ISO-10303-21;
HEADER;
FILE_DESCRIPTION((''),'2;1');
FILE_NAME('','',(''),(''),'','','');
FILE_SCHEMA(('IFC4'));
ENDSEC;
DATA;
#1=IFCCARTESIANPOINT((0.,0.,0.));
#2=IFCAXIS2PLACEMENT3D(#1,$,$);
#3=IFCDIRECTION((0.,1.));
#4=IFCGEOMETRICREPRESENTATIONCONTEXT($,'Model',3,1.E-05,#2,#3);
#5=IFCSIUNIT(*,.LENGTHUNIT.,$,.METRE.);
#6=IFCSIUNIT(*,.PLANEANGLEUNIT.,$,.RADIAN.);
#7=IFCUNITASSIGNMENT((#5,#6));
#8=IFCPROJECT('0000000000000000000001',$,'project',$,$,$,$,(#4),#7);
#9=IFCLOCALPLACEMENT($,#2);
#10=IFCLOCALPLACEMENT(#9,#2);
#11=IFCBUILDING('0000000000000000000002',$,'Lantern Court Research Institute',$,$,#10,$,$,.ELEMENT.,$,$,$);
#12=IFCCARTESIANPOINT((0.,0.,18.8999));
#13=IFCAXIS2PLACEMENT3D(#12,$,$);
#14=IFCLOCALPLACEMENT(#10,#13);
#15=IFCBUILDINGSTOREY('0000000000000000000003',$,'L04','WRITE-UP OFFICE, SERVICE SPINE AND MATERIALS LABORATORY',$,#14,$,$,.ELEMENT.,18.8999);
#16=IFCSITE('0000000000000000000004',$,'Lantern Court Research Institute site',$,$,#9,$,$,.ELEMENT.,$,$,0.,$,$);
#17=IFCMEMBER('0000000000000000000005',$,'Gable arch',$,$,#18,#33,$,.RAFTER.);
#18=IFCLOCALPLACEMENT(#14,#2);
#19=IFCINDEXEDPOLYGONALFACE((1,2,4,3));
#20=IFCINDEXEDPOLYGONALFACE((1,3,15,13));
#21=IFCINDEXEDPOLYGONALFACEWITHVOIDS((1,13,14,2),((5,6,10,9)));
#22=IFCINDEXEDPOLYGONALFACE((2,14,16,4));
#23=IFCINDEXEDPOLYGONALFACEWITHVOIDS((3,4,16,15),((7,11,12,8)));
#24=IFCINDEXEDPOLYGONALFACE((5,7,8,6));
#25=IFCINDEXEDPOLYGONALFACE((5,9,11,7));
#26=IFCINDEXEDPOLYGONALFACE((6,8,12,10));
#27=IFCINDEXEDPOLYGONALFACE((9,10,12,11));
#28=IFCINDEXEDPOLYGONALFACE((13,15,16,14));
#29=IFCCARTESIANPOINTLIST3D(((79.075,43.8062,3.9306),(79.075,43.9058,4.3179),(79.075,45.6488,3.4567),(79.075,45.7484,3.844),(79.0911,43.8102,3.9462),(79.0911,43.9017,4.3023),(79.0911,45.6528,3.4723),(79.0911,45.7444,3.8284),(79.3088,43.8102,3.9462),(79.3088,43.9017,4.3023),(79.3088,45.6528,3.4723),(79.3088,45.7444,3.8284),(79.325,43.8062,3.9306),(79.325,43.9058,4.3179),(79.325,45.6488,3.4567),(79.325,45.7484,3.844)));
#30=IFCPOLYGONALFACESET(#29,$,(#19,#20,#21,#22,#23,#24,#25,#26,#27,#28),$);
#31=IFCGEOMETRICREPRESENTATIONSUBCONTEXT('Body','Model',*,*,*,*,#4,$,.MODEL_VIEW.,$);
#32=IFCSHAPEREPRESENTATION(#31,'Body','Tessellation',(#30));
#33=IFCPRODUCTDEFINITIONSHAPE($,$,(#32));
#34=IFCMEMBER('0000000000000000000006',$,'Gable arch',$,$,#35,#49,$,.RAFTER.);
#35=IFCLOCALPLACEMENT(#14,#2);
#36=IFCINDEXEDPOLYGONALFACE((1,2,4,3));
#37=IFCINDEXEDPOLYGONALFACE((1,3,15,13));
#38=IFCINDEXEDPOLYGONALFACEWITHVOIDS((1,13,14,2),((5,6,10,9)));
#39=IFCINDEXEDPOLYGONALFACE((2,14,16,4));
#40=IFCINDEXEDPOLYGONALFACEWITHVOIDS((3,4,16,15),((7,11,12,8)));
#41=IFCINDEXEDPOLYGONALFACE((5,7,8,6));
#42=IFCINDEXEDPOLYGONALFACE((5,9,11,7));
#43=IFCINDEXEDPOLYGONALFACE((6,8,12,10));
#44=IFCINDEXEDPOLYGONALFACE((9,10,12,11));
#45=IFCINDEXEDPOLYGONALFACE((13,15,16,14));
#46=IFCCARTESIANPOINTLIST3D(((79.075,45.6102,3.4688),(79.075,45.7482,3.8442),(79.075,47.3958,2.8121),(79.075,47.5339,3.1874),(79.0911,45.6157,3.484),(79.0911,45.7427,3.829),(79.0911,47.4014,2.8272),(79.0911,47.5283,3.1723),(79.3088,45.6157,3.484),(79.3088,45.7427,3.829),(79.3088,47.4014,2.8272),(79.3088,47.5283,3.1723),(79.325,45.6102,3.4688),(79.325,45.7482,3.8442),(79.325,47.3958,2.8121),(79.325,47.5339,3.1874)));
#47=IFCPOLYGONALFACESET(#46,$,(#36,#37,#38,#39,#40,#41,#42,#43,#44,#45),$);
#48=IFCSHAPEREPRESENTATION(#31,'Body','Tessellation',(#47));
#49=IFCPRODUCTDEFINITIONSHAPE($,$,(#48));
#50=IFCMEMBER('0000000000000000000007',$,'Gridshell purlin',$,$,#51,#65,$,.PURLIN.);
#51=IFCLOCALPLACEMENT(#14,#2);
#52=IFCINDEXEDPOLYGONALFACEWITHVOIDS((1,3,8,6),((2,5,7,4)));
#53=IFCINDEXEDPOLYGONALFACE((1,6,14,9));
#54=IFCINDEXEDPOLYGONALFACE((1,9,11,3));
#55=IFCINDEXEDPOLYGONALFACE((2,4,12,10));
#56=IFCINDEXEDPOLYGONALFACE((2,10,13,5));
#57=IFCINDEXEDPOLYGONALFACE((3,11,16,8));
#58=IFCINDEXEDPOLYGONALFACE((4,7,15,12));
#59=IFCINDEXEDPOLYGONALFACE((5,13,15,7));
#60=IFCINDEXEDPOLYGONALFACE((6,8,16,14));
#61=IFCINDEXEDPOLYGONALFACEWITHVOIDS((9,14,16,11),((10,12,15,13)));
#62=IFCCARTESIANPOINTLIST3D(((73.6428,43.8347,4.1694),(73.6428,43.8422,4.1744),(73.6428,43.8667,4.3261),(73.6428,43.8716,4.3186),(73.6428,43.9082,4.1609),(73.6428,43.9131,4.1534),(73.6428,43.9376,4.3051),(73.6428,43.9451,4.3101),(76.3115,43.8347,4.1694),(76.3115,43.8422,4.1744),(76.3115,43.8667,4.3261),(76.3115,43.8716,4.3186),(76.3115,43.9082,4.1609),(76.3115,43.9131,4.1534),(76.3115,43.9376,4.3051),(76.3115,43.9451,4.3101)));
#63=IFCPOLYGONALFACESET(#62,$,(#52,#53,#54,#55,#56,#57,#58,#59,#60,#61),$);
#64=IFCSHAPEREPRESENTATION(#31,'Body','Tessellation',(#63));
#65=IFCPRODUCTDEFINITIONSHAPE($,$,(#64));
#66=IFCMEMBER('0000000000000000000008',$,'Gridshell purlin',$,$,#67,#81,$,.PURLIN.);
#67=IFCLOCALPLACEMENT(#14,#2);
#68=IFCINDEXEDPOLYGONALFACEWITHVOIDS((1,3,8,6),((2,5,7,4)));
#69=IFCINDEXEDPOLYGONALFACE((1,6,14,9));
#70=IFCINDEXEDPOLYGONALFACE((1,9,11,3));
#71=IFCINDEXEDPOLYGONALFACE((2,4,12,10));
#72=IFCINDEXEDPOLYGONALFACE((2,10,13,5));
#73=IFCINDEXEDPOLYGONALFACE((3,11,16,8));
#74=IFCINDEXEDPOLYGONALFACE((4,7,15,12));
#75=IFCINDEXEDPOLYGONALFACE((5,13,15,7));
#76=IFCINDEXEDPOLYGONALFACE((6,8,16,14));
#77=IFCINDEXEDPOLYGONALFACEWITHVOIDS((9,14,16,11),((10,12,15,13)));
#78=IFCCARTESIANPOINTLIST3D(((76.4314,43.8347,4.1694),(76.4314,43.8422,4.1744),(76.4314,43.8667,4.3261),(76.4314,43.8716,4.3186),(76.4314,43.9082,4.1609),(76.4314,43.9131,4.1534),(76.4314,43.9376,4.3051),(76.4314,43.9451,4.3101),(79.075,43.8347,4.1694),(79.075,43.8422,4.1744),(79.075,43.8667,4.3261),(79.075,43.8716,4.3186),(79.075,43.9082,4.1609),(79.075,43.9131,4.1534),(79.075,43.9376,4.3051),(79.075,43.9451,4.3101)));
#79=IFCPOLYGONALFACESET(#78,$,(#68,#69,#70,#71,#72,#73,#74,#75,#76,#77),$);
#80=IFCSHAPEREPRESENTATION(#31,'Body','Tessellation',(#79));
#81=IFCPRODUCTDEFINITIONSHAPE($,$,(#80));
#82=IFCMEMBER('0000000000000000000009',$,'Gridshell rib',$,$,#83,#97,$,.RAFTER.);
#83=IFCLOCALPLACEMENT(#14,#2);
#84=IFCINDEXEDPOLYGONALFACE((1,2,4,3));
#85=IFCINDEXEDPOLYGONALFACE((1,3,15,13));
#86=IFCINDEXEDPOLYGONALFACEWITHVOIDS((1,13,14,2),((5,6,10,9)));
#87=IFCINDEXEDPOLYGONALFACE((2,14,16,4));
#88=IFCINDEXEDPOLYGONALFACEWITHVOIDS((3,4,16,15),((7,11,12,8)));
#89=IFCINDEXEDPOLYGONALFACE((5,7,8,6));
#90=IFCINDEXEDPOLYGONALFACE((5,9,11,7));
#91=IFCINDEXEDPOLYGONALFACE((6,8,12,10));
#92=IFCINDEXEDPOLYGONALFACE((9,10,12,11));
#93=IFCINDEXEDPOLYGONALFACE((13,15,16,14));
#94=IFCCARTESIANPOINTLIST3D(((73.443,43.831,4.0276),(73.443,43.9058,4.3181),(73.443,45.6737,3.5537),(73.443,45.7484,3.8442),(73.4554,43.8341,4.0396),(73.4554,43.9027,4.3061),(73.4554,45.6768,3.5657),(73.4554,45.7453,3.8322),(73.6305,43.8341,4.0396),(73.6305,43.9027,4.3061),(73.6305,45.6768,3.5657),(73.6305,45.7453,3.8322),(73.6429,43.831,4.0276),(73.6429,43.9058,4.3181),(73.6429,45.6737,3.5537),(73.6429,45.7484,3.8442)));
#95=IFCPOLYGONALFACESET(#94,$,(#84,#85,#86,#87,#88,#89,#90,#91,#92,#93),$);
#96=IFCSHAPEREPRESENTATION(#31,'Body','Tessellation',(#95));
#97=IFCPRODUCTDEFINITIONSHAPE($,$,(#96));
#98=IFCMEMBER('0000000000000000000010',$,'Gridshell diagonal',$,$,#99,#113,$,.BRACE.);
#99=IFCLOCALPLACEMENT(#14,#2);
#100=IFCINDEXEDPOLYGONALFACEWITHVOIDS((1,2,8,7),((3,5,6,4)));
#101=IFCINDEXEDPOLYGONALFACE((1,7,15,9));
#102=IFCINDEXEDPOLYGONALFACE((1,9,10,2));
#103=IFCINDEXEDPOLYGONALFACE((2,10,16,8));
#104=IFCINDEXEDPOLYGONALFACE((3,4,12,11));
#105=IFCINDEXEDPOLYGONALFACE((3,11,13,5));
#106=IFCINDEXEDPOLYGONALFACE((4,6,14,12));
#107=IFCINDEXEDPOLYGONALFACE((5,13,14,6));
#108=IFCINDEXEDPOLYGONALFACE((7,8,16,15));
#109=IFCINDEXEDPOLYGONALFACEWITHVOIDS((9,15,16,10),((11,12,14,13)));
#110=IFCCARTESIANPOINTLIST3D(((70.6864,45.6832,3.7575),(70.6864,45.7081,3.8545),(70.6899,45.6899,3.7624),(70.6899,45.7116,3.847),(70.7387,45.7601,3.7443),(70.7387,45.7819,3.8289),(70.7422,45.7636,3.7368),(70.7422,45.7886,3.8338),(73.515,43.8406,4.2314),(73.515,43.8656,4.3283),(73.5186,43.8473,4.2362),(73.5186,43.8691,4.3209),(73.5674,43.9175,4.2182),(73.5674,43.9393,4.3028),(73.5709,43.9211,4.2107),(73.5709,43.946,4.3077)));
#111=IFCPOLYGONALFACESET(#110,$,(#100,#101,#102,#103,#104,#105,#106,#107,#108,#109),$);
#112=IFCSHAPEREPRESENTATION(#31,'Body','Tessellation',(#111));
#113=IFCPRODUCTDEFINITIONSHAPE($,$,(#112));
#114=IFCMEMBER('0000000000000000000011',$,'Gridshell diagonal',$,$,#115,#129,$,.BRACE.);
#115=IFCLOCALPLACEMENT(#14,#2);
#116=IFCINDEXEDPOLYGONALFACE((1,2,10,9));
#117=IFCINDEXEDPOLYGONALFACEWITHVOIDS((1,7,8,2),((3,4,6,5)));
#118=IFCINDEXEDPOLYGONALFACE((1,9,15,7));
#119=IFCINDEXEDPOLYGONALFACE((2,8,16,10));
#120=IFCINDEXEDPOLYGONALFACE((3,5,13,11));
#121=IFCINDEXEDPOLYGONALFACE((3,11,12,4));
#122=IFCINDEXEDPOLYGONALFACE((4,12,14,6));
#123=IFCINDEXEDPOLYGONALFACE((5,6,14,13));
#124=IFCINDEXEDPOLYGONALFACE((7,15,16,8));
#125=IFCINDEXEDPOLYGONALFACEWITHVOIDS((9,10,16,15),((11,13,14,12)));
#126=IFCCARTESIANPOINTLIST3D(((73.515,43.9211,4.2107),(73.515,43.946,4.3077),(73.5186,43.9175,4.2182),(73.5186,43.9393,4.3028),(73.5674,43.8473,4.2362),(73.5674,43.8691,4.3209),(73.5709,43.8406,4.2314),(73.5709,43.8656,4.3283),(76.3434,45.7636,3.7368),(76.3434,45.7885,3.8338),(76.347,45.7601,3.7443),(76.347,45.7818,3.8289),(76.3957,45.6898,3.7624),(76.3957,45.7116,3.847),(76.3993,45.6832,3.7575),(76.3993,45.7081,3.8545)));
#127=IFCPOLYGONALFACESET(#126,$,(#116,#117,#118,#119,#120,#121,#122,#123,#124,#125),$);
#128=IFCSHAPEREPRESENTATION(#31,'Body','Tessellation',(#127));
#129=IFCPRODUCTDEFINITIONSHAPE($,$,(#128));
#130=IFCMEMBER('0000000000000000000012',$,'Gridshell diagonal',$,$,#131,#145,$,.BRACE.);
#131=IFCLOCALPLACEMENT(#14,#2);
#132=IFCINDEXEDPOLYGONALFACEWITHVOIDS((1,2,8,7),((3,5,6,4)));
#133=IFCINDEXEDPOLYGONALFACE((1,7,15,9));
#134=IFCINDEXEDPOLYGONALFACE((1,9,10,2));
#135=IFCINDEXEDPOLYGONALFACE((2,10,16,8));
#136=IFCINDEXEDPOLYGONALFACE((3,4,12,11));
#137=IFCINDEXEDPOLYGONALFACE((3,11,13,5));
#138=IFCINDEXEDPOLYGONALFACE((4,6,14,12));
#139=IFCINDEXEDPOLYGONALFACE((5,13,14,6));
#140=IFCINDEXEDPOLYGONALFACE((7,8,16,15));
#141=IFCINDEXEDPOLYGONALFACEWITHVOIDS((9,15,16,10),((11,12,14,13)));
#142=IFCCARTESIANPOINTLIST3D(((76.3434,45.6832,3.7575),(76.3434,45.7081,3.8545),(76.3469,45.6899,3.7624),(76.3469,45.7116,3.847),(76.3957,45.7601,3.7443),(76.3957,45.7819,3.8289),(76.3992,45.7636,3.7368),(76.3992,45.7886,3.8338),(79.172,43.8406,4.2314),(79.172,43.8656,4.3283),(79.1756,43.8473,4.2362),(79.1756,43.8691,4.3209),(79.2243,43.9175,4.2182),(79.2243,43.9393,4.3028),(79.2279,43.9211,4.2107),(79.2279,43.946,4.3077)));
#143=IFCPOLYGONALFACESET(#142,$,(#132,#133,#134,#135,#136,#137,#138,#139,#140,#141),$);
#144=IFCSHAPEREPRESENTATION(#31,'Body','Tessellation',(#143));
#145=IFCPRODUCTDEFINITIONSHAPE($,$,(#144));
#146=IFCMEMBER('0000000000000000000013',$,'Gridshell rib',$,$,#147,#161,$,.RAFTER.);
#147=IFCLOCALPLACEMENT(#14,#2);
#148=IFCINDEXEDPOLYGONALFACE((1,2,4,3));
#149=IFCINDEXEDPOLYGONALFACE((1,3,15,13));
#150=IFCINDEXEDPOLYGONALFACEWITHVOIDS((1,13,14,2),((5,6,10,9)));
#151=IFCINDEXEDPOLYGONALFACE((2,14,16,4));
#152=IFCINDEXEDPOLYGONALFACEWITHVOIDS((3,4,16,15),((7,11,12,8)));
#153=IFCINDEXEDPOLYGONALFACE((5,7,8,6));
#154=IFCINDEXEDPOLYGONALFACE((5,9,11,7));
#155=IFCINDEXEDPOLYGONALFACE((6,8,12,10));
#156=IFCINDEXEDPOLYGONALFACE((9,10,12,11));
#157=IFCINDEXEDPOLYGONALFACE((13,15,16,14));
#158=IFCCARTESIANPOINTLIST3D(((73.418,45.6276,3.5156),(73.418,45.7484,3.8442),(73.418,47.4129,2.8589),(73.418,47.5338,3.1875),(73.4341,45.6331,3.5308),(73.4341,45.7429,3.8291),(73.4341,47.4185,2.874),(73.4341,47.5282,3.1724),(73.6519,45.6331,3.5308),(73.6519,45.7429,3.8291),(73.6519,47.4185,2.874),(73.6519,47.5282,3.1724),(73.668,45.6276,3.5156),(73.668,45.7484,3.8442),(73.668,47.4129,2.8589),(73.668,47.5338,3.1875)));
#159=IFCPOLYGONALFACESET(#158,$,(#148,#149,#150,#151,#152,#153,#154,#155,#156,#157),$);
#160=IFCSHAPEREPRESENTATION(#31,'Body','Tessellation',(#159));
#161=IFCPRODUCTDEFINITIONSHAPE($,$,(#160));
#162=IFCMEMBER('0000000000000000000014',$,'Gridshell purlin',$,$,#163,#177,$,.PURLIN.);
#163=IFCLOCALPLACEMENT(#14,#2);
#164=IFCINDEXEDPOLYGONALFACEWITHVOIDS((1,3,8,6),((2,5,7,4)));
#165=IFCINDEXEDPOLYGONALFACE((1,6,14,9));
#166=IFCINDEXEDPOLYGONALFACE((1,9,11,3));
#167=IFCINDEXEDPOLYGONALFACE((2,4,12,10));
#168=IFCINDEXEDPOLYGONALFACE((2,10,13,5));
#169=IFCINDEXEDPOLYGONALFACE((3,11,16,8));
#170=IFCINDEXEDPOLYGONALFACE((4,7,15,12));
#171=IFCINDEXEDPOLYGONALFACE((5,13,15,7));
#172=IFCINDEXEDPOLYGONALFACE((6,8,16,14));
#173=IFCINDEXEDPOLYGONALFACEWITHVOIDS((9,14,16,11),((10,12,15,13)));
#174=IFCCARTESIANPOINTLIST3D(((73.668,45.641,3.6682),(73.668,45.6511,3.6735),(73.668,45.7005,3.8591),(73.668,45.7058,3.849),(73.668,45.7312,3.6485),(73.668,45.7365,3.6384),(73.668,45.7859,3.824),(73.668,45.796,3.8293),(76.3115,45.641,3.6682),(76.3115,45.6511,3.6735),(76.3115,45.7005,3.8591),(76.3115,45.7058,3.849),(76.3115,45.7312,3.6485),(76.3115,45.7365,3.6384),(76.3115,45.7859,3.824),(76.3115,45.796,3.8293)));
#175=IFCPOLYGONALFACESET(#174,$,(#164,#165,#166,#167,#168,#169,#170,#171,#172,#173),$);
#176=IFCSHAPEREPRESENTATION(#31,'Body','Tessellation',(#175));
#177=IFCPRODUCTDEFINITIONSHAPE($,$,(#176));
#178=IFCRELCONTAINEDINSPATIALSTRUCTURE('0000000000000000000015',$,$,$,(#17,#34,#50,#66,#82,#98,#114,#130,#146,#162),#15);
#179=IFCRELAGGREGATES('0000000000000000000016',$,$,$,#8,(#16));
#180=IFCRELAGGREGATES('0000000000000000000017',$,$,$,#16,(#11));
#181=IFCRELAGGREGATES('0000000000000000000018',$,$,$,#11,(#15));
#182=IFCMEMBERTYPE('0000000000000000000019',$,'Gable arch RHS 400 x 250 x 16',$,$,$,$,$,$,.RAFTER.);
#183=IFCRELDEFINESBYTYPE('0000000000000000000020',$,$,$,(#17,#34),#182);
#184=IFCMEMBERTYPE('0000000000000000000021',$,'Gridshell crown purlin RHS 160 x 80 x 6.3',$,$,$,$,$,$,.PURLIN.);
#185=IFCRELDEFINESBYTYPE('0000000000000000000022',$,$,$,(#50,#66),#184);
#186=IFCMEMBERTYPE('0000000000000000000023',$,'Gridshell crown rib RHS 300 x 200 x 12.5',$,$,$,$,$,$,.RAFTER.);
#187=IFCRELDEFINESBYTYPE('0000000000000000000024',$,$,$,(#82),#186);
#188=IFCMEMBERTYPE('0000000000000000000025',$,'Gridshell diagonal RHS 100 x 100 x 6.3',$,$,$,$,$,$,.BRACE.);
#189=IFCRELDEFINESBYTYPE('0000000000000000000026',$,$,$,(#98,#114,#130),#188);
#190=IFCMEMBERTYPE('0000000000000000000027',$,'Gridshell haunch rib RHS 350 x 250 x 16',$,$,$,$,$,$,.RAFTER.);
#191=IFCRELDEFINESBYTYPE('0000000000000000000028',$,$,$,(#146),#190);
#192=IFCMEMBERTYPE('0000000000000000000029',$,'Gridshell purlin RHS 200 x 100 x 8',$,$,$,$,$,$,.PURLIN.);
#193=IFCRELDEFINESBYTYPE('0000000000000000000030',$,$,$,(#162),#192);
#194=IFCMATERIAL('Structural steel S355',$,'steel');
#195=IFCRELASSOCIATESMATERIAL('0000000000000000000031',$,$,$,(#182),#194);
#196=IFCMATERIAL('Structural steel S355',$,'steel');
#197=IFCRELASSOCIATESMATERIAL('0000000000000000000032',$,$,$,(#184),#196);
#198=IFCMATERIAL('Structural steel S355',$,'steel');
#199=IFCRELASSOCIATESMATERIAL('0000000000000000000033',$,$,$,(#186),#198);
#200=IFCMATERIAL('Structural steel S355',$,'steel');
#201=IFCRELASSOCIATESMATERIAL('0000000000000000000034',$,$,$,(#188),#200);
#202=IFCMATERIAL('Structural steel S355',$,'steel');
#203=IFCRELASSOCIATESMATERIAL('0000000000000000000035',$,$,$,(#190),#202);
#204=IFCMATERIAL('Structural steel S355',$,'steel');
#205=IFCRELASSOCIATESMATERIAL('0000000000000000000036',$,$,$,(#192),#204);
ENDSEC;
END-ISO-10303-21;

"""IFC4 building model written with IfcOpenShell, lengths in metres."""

from ifc_helpers import new_model, si_unit, direction, frame, origin, origin_2d, place, context, subcontext, project, spatial, hollow_rectangle, extrude, material, material_profile, profile_set, type_object, element, save


model = new_model("IFC4")

# Units and contexts
model_context = context("Model", 3, precision=1e-05, world=origin(), true_north=direction((0.0, 1.0)))
body_context = subcontext(model_context, "Body", "Model", "MODEL_VIEW")
ifc_project = project(units=[si_unit("LENGTHUNIT", "METRE"), si_unit("PLANEANGLEUNIT", "RADIAN")], contexts=[model_context])

# Site, building, storey
site_placement = place(None, origin())
site = spatial("IfcSite", under=ifc_project, at=site_placement, Name="Lantern Court Research Institute site", CompositionType="ELEMENT", RefElevation=0.0)
building_placement = place(site_placement, origin())
building = spatial("IfcBuilding", under=site, at=building_placement, Name="Lantern Court Research Institute", CompositionType="ELEMENT")
storey_placement = place(building_placement, frame((0.0, 0.0, 18.8999)))
storey = spatial("IfcBuildingStorey", under=building, at=storey_placement, Name="L04", Description="WRITE-UP OFFICE, SERVICE SPINE AND MATERIALS LABORATORY", CompositionType="ELEMENT", Elevation=18.8999)

# Members
ifc_material_1 = material(Name="Structural steel S355", Category="steel")
ifc_material_profile_1 = material_profile(ifc_material_1, hollow_rectangle(XDim=0.25, YDim=0.3999, WallThickness=0.0161, at=origin_2d()), Name="Gable arch RHS 400 x 250 x 16")
ifc_profile_set_1 = profile_set([ifc_material_profile_1], Name="Structural steel S355")
member_type_1 = type_object("IfcMemberType", Name="Gable arch RHS 400 x 250 x 16", PredefinedType="RAFTER", material=ifc_profile_set_1)
for number, where, z_axis, x_axis, name in (
    (1, (79.2, 43.856, 4.1243), (0.0, 0.968482, -0.249082), (-1.0, 0.0, 0.0), "Gable arch"),
    (2, (79.2, 45.6792, 3.6565), (0.0, 0.938536, -0.345182), (-1.0, 0.0, 0.0), "Gable arch"),
):
    element("IfcMember", number, at=place(storey_placement, frame(where, z_axis=z_axis, x_axis=x_axis)), inside=storey, type_object=member_type_1, Name=name, PredefinedType="RAFTER", context=body_context, shape_type="SweptSolid", body=[
        extrude(hollow_rectangle(XDim=0.25, YDim=0.3999, WallThickness=0.0161, at=origin_2d()), origin(), (0.0, 0.0, 1.0), 1.9026),
    ])
ifc_material_2 = material(Name="Structural steel S355", Category="steel")
ifc_material_profile_2 = material_profile(ifc_material_2, hollow_rectangle(XDim=0.0801, YDim=0.1599, WallThickness=0.0063, at=origin_2d()), Name="Gridshell crown purlin RHS 160 x 80 x 6.3")
ifc_profile_set_2 = profile_set([ifc_material_profile_2], Name="Structural steel S355")
member_type_2 = type_object("IfcMemberType", Name="Gridshell crown purlin RHS 160 x 80 x 6.3", PredefinedType="PURLIN", material=ifc_profile_set_2)
member_1_placement = place(storey_placement, frame((73.6428, 43.8899, 4.2397), z_axis=(1.0, 0.0, 0.0), x_axis=(0.0, 0.979787, -0.200043)))
element("IfcMember", 3, at=member_1_placement, inside=storey, type_object=member_type_2, Name="Gridshell purlin", PredefinedType="PURLIN", context=body_context, shape_type="SweptSolid", body=[
    extrude(hollow_rectangle(XDim=0.0801, YDim=0.1599, WallThickness=0.0063, at=origin_2d()), origin(), (0.0, 0.0, 1.0), 2.6687),
])
member_2_placement = place(storey_placement, frame((76.4314, 43.8899, 4.2397), z_axis=(1.0, 0.0, 0.0), x_axis=(0.0, 0.979787, -0.200043)))
element("IfcMember", 4, at=member_2_placement, inside=storey, type_object=member_type_2, Name="Gridshell purlin", PredefinedType="PURLIN", context=body_context, shape_type="SweptSolid", body=[
    extrude(hollow_rectangle(XDim=0.0801, YDim=0.1599, WallThickness=0.0063, at=origin_2d()), origin(), (0.0, 0.0, 1.0), 2.6436),
])
ifc_material_3 = material(Name="Structural steel S355", Category="steel")
ifc_material_profile_3 = material_profile(ifc_material_3, hollow_rectangle(XDim=0.2, YDim=0.3, WallThickness=0.0125, at=origin_2d()), Name="Gridshell crown rib RHS 300 x 200 x 12.5")
ifc_profile_set_3 = profile_set([ifc_material_profile_3], Name="Structural steel S355")
member_type_3 = type_object("IfcMemberType", Name="Gridshell crown rib RHS 300 x 200 x 12.5", PredefinedType="RAFTER", material=ifc_profile_set_3)
member_3_placement = place(storey_placement, frame((73.543, 43.8684, 4.1729), z_axis=(0.0, 0.968482, -0.249082), x_axis=(-1.0, 0.0, 0.0)))
element("IfcMember", 5, at=member_3_placement, inside=storey, type_object=member_type_3, Name="Gridshell rib", PredefinedType="RAFTER", context=body_context, shape_type="SweptSolid", body=[
    extrude(hollow_rectangle(XDim=0.2, YDim=0.3, WallThickness=0.0125, at=origin_2d()), origin(), (0.0, 0.0, 1.0), 1.9026),
])
ifc_material_4 = material(Name="Structural steel S355", Category="steel")
ifc_material_profile_4 = material_profile(ifc_material_4, hollow_rectangle(XDim=0.1001, YDim=0.1001, WallThickness=0.0063, at=origin_2d()), Name="Gridshell diagonal RHS 100 x 100 x 6.3")
ifc_profile_set_4 = profile_set([ifc_material_profile_4], Name="Structural steel S355")
member_type_4 = type_object("IfcMemberType", Name="Gridshell diagonal RHS 100 x 100 x 6.3", PredefinedType="BRACE", material=ifc_profile_set_4)
member_4_placement = place(storey_placement, frame((73.543, 43.8933, 4.2695), z_axis=(-0.829776, 0.540507, -0.139012), x_axis=(-0.558097, -0.803619, 0.206699)))
element("IfcMember", 6, at=member_4_placement, inside=storey, type_object=member_type_4, Name="Gridshell diagonal", PredefinedType="BRACE", context=body_context, shape_type="SweptSolid", body=[
    extrude(hollow_rectangle(XDim=0.1001, YDim=0.1001, WallThickness=0.0063, at=origin_2d()), origin(), (0.0, 0.0, 1.0), 3.4089),
])
member_5_placement = place(storey_placement, frame((73.543, 43.8933, 4.2695), z_axis=(0.829753, 0.540539, -0.13902), x_axis=(-0.55813, 0.803596, -0.206699)))
element("IfcMember", 7, at=member_5_placement, inside=storey, type_object=member_type_4, Name="Gridshell diagonal", PredefinedType="BRACE", context=body_context, shape_type="SweptSolid", body=[
    extrude(hollow_rectangle(XDim=0.1001, YDim=0.1001, WallThickness=0.0063, at=origin_2d()), origin(), (0.0, 0.0, 1.0), 3.4087),
])
member_6_placement = place(storey_placement, frame((79.2, 43.8933, 4.2695), z_axis=(-0.829776, 0.540507, -0.139012), x_axis=(-0.558097, -0.803619, 0.206699)))
element("IfcMember", 8, at=member_6_placement, inside=storey, type_object=member_type_4, Name="Gridshell diagonal", PredefinedType="BRACE", context=body_context, shape_type="SweptSolid", body=[
    extrude(hollow_rectangle(XDim=0.1001, YDim=0.1001, WallThickness=0.0063, at=origin_2d()), origin(), (0.0, 0.0, 1.0), 3.4089),
])
ifc_material_5 = material(Name="Structural steel S355", Category="steel")
ifc_material_profile_5 = material_profile(ifc_material_5, hollow_rectangle(XDim=0.25, YDim=0.3501, WallThickness=0.0161, at=origin_2d()), Name="Gridshell haunch rib RHS 350 x 250 x 16")
ifc_profile_set_5 = profile_set([ifc_material_profile_5], Name="Structural steel S355")
member_type_5 = type_object("IfcMemberType", Name="Gridshell haunch rib RHS 350 x 250 x 16", PredefinedType="RAFTER", material=ifc_profile_set_5)
member_7_placement = place(storey_placement, frame((73.543, 45.688, 3.6799), z_axis=(0.0, 0.93852, -0.345224), x_axis=(-1.0, 0.0, 0.0)))
element("IfcMember", 9, at=member_7_placement, inside=storey, type_object=member_type_5, Name="Gridshell rib", PredefinedType="RAFTER", context=body_context, shape_type="SweptSolid", body=[
    extrude(hollow_rectangle(XDim=0.25, YDim=0.3501, WallThickness=0.0161, at=origin_2d()), origin(), (0.0, 0.0, 1.0), 1.9023),
])
ifc_material_6 = material(Name="Structural steel S355", Category="steel")
ifc_material_profile_6 = material_profile(ifc_material_6, hollow_rectangle(XDim=0.1001, YDim=0.2, WallThickness=0.0081, at=origin_2d()), Name="Gridshell purlin RHS 200 x 100 x 8")
ifc_profile_set_6 = profile_set([ifc_material_profile_6], Name="Structural steel S355")
member_type_6 = type_object("IfcMemberType", Name="Gridshell purlin RHS 200 x 100 x 8", PredefinedType="PURLIN", material=ifc_profile_set_6)
for number, where, z_axis, x_axis, name in (
    (10, (73.668, 45.7185, 3.7488), (1.0, 0.0, 0.0), (0.0, 0.954713, -0.297528), "Gridshell purlin"),
):
    element("IfcMember", number, at=place(storey_placement, frame(where, z_axis=z_axis, x_axis=x_axis)), inside=storey, type_object=member_type_6, Name=name, PredefinedType="PURLIN", context=body_context, shape_type="SweptSolid", body=[
        extrude(hollow_rectangle(XDim=0.1001, YDim=0.2, WallThickness=0.0081, at=origin_2d()), origin(), (0.0, 0.0, 1.0), 2.6436),
    ])

save(model, "model.ifc")
